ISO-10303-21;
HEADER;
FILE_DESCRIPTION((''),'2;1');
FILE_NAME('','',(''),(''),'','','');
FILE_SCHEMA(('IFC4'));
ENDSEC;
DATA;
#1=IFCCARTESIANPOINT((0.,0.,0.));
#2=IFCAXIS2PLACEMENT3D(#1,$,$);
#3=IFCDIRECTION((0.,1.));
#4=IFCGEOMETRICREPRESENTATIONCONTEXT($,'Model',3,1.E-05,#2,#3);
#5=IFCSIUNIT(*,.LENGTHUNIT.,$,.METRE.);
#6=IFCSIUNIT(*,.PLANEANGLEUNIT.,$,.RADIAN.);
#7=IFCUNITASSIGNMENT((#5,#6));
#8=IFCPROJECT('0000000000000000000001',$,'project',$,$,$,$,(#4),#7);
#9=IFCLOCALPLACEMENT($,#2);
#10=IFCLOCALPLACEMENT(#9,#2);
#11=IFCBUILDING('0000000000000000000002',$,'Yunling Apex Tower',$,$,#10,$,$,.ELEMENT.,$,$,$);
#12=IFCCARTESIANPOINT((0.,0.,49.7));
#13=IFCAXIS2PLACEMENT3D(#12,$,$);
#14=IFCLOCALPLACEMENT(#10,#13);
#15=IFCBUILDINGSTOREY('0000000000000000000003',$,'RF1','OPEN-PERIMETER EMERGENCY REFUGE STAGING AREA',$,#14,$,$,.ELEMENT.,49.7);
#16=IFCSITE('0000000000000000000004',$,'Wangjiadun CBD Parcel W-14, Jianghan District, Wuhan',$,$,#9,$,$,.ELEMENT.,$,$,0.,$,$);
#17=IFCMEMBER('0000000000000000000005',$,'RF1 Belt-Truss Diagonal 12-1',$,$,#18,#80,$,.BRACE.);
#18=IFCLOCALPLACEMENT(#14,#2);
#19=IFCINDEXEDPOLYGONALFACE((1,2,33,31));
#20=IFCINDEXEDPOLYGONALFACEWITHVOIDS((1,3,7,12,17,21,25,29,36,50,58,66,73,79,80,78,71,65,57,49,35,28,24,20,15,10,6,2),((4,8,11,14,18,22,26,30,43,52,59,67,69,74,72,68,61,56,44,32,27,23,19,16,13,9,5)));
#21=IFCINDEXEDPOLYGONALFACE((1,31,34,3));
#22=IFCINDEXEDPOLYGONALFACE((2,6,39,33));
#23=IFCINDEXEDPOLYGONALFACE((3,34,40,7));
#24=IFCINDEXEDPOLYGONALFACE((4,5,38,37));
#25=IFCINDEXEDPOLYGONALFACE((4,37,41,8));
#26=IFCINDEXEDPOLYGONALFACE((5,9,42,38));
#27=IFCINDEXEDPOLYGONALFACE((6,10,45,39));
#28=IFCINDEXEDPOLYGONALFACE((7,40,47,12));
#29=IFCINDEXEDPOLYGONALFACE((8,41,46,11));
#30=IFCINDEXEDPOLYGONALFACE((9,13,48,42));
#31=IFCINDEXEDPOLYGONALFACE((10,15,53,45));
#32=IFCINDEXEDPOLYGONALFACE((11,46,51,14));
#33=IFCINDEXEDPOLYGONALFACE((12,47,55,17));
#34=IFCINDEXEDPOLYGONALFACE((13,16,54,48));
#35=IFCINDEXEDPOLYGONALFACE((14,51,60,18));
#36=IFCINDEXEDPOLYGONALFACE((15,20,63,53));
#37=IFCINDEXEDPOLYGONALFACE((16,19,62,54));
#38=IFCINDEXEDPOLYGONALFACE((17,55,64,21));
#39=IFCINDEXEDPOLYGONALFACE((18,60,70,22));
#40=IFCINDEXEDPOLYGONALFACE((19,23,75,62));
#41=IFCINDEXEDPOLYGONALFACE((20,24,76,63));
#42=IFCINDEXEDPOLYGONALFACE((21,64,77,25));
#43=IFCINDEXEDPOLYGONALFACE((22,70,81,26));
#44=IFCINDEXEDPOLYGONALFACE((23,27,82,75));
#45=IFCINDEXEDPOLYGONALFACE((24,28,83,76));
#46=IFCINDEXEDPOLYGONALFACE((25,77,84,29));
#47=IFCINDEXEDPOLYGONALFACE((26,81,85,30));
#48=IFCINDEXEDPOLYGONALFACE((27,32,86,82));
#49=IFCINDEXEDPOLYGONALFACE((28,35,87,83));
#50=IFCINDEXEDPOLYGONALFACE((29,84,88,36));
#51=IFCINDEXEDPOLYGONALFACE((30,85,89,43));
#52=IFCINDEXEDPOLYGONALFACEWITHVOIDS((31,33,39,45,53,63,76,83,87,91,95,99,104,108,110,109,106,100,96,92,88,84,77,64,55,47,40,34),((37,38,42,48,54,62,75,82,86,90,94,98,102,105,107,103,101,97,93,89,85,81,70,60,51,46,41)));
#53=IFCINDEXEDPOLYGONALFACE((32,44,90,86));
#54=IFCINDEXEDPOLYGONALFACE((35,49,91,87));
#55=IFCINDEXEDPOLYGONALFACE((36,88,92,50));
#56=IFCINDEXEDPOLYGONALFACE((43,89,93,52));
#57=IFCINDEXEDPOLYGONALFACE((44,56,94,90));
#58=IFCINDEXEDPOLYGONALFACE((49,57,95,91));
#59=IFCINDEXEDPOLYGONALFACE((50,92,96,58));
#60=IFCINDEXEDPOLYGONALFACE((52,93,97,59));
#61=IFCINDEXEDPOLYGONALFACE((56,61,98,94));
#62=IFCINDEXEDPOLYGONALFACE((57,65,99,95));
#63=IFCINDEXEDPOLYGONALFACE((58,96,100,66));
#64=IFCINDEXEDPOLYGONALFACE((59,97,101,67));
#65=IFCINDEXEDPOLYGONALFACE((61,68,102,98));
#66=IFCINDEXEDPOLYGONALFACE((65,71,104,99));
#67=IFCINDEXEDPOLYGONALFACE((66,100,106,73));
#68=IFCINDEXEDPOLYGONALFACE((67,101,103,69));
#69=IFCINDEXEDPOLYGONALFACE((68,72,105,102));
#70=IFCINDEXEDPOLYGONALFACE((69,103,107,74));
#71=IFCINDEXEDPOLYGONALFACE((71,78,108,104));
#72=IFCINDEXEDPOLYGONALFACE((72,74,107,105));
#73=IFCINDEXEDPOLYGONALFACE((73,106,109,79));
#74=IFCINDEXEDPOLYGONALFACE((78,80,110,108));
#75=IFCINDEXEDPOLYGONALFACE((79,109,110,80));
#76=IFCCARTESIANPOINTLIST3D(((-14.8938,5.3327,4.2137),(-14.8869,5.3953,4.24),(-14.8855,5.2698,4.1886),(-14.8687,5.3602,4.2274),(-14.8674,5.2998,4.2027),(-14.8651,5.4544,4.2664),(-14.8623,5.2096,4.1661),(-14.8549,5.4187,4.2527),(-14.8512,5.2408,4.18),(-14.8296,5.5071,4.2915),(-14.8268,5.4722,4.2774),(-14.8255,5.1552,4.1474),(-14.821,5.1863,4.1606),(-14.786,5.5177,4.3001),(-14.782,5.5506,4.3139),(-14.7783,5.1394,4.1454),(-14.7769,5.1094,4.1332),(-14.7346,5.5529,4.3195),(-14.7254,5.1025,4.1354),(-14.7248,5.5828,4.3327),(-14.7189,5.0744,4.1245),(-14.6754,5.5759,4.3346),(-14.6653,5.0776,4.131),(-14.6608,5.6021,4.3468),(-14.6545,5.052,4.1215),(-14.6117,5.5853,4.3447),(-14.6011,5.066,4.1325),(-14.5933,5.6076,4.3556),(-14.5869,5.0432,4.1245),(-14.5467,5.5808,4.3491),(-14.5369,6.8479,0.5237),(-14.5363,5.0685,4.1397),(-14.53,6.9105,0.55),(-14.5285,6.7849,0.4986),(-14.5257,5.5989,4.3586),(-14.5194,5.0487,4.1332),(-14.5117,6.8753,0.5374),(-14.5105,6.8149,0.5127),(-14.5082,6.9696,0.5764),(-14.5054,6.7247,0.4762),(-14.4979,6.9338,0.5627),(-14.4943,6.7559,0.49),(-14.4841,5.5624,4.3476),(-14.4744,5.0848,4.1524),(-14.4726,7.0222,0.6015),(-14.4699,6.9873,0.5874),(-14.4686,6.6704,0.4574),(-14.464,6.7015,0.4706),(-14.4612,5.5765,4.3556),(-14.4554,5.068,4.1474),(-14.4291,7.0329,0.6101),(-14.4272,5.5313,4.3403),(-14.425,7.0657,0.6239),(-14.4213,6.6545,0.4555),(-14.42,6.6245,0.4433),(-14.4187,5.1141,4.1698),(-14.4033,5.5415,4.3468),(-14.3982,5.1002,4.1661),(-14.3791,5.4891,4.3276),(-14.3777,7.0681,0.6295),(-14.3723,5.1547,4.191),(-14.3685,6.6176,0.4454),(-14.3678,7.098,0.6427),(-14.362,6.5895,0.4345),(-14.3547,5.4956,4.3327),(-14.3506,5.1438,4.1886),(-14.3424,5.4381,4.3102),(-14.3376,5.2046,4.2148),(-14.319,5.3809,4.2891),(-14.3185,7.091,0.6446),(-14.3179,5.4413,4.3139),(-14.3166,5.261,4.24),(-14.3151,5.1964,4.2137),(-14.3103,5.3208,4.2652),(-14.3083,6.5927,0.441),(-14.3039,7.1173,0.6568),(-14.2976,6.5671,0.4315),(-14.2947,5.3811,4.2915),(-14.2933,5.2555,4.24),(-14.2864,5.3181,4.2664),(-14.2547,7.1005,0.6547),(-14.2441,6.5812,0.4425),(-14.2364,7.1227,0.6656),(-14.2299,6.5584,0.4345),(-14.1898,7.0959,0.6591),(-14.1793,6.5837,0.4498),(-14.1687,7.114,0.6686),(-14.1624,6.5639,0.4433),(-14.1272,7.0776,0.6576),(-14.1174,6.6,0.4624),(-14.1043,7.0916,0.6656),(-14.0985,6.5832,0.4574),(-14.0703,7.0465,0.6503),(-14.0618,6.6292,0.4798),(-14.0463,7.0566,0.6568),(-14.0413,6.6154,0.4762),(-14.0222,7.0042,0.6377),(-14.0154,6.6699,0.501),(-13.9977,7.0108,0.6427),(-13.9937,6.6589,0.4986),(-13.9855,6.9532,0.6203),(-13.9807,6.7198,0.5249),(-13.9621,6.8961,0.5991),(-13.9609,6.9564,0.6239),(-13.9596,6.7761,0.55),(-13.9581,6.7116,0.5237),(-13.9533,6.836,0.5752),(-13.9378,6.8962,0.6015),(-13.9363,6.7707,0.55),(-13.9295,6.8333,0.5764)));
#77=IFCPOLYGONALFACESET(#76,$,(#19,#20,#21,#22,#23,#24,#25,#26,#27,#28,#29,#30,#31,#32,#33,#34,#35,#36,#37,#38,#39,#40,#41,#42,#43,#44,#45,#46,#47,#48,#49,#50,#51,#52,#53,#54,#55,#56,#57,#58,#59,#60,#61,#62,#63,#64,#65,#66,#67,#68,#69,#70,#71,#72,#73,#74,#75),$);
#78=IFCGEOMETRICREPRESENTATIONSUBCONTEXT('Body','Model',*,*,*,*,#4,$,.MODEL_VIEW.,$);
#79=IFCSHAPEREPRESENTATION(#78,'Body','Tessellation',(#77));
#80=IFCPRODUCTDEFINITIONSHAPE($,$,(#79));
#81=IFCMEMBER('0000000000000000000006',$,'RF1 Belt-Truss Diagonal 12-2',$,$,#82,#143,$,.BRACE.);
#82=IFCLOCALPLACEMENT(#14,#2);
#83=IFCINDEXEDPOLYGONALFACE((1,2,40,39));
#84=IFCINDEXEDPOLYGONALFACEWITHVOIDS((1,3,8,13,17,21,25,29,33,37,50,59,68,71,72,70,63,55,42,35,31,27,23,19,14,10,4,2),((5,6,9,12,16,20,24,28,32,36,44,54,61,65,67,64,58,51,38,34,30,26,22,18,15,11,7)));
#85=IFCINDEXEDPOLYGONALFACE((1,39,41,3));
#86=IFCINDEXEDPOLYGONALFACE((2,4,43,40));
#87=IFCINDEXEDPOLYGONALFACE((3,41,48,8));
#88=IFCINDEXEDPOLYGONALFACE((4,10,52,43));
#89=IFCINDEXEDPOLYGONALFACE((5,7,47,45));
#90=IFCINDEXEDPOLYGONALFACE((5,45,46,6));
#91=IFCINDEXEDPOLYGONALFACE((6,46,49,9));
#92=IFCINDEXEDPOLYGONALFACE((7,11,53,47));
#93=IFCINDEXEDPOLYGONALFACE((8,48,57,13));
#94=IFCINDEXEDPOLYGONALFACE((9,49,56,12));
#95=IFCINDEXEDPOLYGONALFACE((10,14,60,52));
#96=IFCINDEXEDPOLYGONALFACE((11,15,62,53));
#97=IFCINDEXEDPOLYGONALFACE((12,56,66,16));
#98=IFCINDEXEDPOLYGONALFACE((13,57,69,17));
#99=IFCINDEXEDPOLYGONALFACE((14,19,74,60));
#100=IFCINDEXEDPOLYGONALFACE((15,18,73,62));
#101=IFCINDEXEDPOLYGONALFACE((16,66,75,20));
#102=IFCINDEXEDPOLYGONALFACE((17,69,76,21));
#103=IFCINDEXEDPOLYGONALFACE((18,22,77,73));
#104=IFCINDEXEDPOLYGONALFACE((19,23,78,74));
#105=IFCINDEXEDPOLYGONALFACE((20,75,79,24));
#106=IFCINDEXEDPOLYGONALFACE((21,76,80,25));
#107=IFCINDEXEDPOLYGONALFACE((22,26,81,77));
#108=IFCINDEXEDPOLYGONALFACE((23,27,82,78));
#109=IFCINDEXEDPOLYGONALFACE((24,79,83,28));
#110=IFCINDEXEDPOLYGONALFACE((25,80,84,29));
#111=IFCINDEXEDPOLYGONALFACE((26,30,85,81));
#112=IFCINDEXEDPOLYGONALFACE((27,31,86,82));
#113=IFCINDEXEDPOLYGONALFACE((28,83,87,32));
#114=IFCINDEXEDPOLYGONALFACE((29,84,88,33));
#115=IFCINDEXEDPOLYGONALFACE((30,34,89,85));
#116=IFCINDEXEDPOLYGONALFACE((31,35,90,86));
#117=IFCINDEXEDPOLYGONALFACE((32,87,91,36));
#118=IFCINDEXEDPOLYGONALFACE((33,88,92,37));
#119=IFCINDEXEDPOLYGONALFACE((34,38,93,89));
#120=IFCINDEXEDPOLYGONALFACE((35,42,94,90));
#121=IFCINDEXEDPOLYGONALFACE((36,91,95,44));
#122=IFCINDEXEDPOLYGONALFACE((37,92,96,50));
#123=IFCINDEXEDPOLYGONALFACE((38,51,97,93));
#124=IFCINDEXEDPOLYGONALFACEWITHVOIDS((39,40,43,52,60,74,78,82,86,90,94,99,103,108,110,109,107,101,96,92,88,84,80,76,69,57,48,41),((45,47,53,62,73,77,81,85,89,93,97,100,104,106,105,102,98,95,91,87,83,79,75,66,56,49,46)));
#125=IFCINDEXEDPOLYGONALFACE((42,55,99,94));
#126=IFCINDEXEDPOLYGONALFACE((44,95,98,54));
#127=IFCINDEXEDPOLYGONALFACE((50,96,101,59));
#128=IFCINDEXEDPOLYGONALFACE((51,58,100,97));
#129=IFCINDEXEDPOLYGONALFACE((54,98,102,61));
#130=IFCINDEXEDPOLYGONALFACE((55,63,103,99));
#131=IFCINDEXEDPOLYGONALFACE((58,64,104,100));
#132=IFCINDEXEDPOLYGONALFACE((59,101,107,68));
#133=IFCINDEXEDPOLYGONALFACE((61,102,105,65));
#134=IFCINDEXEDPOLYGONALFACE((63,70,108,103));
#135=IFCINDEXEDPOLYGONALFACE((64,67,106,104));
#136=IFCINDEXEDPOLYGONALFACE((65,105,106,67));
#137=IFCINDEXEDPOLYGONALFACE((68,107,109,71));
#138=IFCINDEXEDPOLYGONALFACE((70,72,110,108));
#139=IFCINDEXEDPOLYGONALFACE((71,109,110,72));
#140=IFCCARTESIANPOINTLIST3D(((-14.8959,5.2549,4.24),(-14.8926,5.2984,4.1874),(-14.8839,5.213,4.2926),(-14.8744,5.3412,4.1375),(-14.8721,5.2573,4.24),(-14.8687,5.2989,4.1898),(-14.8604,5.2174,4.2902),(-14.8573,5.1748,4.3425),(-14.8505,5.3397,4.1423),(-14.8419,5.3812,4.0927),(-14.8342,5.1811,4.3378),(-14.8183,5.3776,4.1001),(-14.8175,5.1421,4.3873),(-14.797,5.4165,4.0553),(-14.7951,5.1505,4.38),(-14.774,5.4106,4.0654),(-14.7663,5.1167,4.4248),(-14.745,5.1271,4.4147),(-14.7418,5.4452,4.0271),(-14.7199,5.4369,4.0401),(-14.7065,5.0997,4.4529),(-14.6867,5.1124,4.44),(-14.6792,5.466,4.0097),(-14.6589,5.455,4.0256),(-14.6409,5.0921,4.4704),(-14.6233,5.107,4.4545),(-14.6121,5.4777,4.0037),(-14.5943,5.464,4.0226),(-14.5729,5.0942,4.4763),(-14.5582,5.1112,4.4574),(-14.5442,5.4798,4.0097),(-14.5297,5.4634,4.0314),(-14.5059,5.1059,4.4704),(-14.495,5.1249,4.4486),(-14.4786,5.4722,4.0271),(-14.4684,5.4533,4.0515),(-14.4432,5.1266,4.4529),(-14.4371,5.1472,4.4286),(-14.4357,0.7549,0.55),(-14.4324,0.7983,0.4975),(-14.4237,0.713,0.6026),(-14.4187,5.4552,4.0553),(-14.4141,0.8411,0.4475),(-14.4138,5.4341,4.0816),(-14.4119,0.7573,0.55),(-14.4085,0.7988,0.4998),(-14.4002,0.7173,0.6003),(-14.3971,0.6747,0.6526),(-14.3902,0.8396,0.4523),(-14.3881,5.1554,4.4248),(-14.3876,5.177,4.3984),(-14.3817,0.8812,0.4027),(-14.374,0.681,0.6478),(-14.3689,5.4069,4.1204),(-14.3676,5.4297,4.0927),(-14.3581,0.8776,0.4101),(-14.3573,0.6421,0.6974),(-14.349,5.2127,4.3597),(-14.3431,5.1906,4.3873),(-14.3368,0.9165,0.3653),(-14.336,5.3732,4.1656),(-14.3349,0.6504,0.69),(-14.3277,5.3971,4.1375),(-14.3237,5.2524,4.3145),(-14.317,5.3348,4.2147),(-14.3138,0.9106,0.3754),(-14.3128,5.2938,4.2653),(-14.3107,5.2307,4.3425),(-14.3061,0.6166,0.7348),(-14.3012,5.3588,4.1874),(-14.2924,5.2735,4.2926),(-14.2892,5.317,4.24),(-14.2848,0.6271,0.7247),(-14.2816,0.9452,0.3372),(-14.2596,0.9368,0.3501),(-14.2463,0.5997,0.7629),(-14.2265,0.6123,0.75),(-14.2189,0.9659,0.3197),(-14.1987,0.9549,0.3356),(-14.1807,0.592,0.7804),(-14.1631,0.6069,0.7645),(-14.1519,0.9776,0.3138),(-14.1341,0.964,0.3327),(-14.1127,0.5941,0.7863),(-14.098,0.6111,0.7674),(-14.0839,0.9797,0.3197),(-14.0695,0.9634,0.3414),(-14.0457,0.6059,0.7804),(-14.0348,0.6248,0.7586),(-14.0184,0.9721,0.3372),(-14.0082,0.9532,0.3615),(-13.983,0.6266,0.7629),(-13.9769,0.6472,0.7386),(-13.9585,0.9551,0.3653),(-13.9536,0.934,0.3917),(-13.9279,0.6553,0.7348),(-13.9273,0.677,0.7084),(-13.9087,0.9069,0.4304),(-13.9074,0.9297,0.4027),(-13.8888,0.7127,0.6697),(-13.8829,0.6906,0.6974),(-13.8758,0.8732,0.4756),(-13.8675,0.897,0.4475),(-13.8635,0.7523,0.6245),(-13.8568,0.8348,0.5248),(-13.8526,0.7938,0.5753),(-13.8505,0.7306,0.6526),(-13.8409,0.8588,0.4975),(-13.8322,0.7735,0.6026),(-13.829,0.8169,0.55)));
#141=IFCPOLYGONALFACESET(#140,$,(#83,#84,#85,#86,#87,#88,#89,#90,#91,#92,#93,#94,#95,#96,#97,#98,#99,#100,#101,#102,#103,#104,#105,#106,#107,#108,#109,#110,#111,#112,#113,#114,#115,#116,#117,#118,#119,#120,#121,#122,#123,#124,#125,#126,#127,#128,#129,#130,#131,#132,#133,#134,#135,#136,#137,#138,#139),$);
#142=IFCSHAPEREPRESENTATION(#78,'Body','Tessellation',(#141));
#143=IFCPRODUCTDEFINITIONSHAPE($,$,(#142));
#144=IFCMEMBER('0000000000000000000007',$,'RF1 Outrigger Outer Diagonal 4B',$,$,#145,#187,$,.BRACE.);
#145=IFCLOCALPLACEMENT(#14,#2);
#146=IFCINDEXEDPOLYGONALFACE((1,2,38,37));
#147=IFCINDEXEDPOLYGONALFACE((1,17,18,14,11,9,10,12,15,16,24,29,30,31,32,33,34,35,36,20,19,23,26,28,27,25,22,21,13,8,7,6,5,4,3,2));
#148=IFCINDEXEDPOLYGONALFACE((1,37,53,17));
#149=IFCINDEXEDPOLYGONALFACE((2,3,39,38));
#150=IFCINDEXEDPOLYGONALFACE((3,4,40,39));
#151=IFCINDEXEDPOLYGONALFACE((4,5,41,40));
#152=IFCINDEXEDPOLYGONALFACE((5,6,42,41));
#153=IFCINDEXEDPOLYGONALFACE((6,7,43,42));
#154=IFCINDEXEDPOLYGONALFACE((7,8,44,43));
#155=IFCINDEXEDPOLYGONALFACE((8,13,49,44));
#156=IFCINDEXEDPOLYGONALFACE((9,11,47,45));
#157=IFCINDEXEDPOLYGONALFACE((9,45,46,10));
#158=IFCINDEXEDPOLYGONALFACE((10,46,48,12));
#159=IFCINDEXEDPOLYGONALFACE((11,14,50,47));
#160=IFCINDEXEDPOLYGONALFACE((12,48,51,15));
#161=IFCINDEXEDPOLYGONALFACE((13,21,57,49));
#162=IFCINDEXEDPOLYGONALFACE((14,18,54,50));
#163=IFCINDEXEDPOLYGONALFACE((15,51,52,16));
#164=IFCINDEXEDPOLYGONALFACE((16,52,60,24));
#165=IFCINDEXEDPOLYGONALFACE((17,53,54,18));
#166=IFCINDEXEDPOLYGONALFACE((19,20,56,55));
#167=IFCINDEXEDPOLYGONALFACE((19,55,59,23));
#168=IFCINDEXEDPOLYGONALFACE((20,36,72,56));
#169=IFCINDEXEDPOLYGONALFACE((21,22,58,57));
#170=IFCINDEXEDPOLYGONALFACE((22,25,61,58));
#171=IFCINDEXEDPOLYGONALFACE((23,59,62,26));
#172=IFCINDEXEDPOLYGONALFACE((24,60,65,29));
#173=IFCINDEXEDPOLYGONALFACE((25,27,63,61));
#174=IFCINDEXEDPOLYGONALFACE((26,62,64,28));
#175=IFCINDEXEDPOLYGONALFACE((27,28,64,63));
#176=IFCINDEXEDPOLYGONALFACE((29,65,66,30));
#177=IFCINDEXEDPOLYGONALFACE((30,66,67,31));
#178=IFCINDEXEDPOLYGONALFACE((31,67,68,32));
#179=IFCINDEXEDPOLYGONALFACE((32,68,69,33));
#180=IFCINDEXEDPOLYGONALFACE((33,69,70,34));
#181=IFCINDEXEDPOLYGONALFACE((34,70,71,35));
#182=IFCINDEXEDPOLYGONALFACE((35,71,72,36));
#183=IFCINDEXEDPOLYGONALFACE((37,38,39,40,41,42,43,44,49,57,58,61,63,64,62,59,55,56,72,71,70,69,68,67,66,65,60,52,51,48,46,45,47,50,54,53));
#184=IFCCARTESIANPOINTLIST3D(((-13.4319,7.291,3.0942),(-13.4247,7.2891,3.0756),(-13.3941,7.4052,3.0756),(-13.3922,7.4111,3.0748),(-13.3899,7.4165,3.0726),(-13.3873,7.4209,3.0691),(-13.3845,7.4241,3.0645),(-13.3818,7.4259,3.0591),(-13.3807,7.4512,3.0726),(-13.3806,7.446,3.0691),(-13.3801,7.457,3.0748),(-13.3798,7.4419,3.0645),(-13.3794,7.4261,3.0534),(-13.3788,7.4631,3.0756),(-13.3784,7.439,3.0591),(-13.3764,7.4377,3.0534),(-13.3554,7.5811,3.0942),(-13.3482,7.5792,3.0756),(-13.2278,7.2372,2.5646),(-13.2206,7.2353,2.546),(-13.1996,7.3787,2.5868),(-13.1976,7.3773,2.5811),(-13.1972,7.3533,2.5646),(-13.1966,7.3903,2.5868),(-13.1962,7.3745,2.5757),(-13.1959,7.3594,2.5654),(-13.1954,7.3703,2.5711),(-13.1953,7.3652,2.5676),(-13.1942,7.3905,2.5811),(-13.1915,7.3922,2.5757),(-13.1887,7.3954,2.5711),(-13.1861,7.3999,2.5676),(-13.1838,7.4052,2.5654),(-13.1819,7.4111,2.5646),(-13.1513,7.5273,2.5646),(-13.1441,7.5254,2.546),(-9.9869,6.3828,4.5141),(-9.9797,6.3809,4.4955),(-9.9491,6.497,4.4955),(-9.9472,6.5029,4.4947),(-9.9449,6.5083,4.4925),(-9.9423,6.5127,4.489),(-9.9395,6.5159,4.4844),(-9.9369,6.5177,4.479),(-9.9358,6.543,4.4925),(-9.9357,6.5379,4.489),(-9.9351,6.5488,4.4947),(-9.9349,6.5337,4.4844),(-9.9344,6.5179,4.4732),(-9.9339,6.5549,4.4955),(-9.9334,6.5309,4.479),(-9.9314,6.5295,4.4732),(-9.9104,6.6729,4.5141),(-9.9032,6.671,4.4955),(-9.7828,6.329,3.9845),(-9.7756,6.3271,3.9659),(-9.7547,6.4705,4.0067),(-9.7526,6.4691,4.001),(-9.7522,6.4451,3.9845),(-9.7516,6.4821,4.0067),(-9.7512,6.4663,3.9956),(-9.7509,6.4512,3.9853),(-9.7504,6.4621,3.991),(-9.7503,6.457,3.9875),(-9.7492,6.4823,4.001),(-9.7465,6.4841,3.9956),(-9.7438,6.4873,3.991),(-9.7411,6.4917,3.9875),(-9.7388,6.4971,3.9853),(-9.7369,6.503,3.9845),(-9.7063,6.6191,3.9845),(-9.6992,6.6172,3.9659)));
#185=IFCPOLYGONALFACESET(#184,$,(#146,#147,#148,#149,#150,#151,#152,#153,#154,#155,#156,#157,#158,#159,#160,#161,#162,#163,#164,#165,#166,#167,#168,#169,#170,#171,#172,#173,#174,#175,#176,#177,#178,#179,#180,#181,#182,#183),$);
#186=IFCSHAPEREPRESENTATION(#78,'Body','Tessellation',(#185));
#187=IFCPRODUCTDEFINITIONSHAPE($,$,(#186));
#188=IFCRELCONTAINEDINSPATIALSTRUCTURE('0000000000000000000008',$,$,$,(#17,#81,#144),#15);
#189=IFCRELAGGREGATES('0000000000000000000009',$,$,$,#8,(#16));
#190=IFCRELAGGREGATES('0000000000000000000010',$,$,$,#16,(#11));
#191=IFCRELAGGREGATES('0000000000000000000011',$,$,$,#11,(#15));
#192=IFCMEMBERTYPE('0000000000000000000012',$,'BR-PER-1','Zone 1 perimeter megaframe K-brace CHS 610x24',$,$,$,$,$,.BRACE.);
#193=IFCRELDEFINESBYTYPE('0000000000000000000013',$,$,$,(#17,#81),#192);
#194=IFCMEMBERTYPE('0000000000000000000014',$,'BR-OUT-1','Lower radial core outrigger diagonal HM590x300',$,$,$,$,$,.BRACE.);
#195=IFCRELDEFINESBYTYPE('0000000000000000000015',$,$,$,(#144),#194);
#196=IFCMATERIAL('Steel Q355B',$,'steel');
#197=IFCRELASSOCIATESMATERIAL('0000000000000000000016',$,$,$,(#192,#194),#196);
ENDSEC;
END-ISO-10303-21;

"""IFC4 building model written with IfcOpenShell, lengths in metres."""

from ifc_helpers import new_model, si_unit, direction, frame, origin, origin_2d, place, context, subcontext, project, spatial, hollow_circle, i_section, extrude, source, transform, mapped, material, material_profile, profile_set, type_object, element, save


model = new_model("IFC4")

# Units and contexts
model_context = context("Model", 3, precision=1e-05, world=origin(), true_north=direction((0.0, 1.0)))
body_context = subcontext(model_context, "Body", "Model", "MODEL_VIEW")
ifc_project = project(units=[si_unit("LENGTHUNIT", "METRE"), si_unit("PLANEANGLEUNIT", "RADIAN")], contexts=[model_context])

# Site, building, storey
site_placement = place(None, origin())
site = spatial("IfcSite", under=ifc_project, at=site_placement, Name="Wangjiadun CBD Parcel W-14, Jianghan District, Wuhan", CompositionType="ELEMENT", RefElevation=0.0)
building_placement = place(site_placement, origin())
building = spatial("IfcBuilding", under=site, at=building_placement, Name="Yunling Apex Tower", CompositionType="ELEMENT")
storey_placement = place(building_placement, frame((0.0, 0.0, 49.7)))
storey = spatial("IfcBuildingStorey", under=building, at=storey_placement, Name="RF1", Description="OPEN-PERIMETER EMERGENCY REFUGE STAGING AREA", CompositionType="ELEMENT", Elevation=49.7)

# Members
ifc_material_1 = material(Name="Steel Q355B", Category="steel")
ifc_material_profile_1 = material_profile(ifc_material_1, hollow_circle(Radius=0.3049, WallThickness=0.0239, at=origin_2d()))
ifc_profile_set_1 = profile_set([ifc_material_profile_1], Name="Steel Q355B")
member_type_1 = type_object("IfcMemberType", Name="BR-PER-1", Description="Zone 1 perimeter megaframe K-brace CHS 610x24", PredefinedType="BRACE", material=ifc_profile_set_1)
shared_shape_1 = source(origin(), body_context, "Body", "SweptSolid", [
    extrude(hollow_circle(Radius=0.3049, WallThickness=0.0239, at=origin_2d()), origin(), (0.0, 0.0, 1.0), 4.0049),
])
member_1_placement = place(storey_placement, frame((-14.2332, 6.8406, 0.55), z_axis=(-0.089126, -0.378327, 0.921371), x_axis=(0.973355, -0.229302, 0.0)))
element("IfcMember", 1, at=member_1_placement, inside=storey, type_object=member_type_1, Name="RF1 Belt-Truss Diagonal 12-1", PredefinedType="BRACE", context=body_context, shape_type="MappedRepresentation", body=[
    mapped(shared_shape_1, transform((0.0, 0.0, 0.0), scale=1.0)),
])
shared_shape_2 = source(origin(), body_context, "Body", "SweptSolid", [
    extrude(hollow_circle(Radius=0.3049, WallThickness=0.0239, at=origin_2d()), origin(), (0.0, 0.0, 1.0), 5.8376),
])
member_2_placement = place(storey_placement, frame((-14.1323, 0.7859, 0.55), z_axis=(-0.078835, 0.770866, 0.6321), x_axis=(-0.994811, -0.101737, 0.0)))
element("IfcMember", 2, at=member_2_placement, inside=storey, type_object=member_type_1, Name="RF1 Belt-Truss Diagonal 12-2", PredefinedType="BRACE", context=body_context, shape_type="MappedRepresentation", body=[
    mapped(shared_shape_2, transform((0.0, 0.0, 0.0), scale=1.0)),
])
ifc_material_profile_2 = material_profile(ifc_material_1, i_section(OverallWidth=0.3, OverallDepth=0.5901, WebThickness=0.012, FlangeThickness=0.02, FilletRadius=0.0239, at=origin_2d()))
ifc_profile_set_2 = profile_set([ifc_material_profile_2], Name="Steel Q355B")
member_type_2 = type_object("IfcMemberType", Name="BR-OUT-1", Description="Lower radial core outrigger diagonal HM590x300", PredefinedType="BRACE", material=ifc_profile_set_2)
shared_shape_3 = source(origin(), body_context, "Body", "SweptSolid", [
    extrude(i_section(OverallWidth=0.3, OverallDepth=0.5901, WebThickness=0.012, FlangeThickness=0.02, FilletRadius=0.0239, at=origin_2d()), origin(), (0.0, 0.0, 1.0), 3.8352),
])
member_3_placement = place(storey_placement, frame((-9.843, 6.5, 4.24), z_axis=(-0.898253, 0.236801, -0.370225), x_axis=(-0.254915, -0.966963, 0.0)))
element("IfcMember", 3, at=member_3_placement, inside=storey, type_object=member_type_2, Name="RF1 Outrigger Outer Diagonal 4B", PredefinedType="BRACE", context=body_context, shape_type="MappedRepresentation", body=[
    mapped(shared_shape_3, transform((0.0, 0.0, 0.0), scale=1.0)),
])

save(model, "model.ifc")
